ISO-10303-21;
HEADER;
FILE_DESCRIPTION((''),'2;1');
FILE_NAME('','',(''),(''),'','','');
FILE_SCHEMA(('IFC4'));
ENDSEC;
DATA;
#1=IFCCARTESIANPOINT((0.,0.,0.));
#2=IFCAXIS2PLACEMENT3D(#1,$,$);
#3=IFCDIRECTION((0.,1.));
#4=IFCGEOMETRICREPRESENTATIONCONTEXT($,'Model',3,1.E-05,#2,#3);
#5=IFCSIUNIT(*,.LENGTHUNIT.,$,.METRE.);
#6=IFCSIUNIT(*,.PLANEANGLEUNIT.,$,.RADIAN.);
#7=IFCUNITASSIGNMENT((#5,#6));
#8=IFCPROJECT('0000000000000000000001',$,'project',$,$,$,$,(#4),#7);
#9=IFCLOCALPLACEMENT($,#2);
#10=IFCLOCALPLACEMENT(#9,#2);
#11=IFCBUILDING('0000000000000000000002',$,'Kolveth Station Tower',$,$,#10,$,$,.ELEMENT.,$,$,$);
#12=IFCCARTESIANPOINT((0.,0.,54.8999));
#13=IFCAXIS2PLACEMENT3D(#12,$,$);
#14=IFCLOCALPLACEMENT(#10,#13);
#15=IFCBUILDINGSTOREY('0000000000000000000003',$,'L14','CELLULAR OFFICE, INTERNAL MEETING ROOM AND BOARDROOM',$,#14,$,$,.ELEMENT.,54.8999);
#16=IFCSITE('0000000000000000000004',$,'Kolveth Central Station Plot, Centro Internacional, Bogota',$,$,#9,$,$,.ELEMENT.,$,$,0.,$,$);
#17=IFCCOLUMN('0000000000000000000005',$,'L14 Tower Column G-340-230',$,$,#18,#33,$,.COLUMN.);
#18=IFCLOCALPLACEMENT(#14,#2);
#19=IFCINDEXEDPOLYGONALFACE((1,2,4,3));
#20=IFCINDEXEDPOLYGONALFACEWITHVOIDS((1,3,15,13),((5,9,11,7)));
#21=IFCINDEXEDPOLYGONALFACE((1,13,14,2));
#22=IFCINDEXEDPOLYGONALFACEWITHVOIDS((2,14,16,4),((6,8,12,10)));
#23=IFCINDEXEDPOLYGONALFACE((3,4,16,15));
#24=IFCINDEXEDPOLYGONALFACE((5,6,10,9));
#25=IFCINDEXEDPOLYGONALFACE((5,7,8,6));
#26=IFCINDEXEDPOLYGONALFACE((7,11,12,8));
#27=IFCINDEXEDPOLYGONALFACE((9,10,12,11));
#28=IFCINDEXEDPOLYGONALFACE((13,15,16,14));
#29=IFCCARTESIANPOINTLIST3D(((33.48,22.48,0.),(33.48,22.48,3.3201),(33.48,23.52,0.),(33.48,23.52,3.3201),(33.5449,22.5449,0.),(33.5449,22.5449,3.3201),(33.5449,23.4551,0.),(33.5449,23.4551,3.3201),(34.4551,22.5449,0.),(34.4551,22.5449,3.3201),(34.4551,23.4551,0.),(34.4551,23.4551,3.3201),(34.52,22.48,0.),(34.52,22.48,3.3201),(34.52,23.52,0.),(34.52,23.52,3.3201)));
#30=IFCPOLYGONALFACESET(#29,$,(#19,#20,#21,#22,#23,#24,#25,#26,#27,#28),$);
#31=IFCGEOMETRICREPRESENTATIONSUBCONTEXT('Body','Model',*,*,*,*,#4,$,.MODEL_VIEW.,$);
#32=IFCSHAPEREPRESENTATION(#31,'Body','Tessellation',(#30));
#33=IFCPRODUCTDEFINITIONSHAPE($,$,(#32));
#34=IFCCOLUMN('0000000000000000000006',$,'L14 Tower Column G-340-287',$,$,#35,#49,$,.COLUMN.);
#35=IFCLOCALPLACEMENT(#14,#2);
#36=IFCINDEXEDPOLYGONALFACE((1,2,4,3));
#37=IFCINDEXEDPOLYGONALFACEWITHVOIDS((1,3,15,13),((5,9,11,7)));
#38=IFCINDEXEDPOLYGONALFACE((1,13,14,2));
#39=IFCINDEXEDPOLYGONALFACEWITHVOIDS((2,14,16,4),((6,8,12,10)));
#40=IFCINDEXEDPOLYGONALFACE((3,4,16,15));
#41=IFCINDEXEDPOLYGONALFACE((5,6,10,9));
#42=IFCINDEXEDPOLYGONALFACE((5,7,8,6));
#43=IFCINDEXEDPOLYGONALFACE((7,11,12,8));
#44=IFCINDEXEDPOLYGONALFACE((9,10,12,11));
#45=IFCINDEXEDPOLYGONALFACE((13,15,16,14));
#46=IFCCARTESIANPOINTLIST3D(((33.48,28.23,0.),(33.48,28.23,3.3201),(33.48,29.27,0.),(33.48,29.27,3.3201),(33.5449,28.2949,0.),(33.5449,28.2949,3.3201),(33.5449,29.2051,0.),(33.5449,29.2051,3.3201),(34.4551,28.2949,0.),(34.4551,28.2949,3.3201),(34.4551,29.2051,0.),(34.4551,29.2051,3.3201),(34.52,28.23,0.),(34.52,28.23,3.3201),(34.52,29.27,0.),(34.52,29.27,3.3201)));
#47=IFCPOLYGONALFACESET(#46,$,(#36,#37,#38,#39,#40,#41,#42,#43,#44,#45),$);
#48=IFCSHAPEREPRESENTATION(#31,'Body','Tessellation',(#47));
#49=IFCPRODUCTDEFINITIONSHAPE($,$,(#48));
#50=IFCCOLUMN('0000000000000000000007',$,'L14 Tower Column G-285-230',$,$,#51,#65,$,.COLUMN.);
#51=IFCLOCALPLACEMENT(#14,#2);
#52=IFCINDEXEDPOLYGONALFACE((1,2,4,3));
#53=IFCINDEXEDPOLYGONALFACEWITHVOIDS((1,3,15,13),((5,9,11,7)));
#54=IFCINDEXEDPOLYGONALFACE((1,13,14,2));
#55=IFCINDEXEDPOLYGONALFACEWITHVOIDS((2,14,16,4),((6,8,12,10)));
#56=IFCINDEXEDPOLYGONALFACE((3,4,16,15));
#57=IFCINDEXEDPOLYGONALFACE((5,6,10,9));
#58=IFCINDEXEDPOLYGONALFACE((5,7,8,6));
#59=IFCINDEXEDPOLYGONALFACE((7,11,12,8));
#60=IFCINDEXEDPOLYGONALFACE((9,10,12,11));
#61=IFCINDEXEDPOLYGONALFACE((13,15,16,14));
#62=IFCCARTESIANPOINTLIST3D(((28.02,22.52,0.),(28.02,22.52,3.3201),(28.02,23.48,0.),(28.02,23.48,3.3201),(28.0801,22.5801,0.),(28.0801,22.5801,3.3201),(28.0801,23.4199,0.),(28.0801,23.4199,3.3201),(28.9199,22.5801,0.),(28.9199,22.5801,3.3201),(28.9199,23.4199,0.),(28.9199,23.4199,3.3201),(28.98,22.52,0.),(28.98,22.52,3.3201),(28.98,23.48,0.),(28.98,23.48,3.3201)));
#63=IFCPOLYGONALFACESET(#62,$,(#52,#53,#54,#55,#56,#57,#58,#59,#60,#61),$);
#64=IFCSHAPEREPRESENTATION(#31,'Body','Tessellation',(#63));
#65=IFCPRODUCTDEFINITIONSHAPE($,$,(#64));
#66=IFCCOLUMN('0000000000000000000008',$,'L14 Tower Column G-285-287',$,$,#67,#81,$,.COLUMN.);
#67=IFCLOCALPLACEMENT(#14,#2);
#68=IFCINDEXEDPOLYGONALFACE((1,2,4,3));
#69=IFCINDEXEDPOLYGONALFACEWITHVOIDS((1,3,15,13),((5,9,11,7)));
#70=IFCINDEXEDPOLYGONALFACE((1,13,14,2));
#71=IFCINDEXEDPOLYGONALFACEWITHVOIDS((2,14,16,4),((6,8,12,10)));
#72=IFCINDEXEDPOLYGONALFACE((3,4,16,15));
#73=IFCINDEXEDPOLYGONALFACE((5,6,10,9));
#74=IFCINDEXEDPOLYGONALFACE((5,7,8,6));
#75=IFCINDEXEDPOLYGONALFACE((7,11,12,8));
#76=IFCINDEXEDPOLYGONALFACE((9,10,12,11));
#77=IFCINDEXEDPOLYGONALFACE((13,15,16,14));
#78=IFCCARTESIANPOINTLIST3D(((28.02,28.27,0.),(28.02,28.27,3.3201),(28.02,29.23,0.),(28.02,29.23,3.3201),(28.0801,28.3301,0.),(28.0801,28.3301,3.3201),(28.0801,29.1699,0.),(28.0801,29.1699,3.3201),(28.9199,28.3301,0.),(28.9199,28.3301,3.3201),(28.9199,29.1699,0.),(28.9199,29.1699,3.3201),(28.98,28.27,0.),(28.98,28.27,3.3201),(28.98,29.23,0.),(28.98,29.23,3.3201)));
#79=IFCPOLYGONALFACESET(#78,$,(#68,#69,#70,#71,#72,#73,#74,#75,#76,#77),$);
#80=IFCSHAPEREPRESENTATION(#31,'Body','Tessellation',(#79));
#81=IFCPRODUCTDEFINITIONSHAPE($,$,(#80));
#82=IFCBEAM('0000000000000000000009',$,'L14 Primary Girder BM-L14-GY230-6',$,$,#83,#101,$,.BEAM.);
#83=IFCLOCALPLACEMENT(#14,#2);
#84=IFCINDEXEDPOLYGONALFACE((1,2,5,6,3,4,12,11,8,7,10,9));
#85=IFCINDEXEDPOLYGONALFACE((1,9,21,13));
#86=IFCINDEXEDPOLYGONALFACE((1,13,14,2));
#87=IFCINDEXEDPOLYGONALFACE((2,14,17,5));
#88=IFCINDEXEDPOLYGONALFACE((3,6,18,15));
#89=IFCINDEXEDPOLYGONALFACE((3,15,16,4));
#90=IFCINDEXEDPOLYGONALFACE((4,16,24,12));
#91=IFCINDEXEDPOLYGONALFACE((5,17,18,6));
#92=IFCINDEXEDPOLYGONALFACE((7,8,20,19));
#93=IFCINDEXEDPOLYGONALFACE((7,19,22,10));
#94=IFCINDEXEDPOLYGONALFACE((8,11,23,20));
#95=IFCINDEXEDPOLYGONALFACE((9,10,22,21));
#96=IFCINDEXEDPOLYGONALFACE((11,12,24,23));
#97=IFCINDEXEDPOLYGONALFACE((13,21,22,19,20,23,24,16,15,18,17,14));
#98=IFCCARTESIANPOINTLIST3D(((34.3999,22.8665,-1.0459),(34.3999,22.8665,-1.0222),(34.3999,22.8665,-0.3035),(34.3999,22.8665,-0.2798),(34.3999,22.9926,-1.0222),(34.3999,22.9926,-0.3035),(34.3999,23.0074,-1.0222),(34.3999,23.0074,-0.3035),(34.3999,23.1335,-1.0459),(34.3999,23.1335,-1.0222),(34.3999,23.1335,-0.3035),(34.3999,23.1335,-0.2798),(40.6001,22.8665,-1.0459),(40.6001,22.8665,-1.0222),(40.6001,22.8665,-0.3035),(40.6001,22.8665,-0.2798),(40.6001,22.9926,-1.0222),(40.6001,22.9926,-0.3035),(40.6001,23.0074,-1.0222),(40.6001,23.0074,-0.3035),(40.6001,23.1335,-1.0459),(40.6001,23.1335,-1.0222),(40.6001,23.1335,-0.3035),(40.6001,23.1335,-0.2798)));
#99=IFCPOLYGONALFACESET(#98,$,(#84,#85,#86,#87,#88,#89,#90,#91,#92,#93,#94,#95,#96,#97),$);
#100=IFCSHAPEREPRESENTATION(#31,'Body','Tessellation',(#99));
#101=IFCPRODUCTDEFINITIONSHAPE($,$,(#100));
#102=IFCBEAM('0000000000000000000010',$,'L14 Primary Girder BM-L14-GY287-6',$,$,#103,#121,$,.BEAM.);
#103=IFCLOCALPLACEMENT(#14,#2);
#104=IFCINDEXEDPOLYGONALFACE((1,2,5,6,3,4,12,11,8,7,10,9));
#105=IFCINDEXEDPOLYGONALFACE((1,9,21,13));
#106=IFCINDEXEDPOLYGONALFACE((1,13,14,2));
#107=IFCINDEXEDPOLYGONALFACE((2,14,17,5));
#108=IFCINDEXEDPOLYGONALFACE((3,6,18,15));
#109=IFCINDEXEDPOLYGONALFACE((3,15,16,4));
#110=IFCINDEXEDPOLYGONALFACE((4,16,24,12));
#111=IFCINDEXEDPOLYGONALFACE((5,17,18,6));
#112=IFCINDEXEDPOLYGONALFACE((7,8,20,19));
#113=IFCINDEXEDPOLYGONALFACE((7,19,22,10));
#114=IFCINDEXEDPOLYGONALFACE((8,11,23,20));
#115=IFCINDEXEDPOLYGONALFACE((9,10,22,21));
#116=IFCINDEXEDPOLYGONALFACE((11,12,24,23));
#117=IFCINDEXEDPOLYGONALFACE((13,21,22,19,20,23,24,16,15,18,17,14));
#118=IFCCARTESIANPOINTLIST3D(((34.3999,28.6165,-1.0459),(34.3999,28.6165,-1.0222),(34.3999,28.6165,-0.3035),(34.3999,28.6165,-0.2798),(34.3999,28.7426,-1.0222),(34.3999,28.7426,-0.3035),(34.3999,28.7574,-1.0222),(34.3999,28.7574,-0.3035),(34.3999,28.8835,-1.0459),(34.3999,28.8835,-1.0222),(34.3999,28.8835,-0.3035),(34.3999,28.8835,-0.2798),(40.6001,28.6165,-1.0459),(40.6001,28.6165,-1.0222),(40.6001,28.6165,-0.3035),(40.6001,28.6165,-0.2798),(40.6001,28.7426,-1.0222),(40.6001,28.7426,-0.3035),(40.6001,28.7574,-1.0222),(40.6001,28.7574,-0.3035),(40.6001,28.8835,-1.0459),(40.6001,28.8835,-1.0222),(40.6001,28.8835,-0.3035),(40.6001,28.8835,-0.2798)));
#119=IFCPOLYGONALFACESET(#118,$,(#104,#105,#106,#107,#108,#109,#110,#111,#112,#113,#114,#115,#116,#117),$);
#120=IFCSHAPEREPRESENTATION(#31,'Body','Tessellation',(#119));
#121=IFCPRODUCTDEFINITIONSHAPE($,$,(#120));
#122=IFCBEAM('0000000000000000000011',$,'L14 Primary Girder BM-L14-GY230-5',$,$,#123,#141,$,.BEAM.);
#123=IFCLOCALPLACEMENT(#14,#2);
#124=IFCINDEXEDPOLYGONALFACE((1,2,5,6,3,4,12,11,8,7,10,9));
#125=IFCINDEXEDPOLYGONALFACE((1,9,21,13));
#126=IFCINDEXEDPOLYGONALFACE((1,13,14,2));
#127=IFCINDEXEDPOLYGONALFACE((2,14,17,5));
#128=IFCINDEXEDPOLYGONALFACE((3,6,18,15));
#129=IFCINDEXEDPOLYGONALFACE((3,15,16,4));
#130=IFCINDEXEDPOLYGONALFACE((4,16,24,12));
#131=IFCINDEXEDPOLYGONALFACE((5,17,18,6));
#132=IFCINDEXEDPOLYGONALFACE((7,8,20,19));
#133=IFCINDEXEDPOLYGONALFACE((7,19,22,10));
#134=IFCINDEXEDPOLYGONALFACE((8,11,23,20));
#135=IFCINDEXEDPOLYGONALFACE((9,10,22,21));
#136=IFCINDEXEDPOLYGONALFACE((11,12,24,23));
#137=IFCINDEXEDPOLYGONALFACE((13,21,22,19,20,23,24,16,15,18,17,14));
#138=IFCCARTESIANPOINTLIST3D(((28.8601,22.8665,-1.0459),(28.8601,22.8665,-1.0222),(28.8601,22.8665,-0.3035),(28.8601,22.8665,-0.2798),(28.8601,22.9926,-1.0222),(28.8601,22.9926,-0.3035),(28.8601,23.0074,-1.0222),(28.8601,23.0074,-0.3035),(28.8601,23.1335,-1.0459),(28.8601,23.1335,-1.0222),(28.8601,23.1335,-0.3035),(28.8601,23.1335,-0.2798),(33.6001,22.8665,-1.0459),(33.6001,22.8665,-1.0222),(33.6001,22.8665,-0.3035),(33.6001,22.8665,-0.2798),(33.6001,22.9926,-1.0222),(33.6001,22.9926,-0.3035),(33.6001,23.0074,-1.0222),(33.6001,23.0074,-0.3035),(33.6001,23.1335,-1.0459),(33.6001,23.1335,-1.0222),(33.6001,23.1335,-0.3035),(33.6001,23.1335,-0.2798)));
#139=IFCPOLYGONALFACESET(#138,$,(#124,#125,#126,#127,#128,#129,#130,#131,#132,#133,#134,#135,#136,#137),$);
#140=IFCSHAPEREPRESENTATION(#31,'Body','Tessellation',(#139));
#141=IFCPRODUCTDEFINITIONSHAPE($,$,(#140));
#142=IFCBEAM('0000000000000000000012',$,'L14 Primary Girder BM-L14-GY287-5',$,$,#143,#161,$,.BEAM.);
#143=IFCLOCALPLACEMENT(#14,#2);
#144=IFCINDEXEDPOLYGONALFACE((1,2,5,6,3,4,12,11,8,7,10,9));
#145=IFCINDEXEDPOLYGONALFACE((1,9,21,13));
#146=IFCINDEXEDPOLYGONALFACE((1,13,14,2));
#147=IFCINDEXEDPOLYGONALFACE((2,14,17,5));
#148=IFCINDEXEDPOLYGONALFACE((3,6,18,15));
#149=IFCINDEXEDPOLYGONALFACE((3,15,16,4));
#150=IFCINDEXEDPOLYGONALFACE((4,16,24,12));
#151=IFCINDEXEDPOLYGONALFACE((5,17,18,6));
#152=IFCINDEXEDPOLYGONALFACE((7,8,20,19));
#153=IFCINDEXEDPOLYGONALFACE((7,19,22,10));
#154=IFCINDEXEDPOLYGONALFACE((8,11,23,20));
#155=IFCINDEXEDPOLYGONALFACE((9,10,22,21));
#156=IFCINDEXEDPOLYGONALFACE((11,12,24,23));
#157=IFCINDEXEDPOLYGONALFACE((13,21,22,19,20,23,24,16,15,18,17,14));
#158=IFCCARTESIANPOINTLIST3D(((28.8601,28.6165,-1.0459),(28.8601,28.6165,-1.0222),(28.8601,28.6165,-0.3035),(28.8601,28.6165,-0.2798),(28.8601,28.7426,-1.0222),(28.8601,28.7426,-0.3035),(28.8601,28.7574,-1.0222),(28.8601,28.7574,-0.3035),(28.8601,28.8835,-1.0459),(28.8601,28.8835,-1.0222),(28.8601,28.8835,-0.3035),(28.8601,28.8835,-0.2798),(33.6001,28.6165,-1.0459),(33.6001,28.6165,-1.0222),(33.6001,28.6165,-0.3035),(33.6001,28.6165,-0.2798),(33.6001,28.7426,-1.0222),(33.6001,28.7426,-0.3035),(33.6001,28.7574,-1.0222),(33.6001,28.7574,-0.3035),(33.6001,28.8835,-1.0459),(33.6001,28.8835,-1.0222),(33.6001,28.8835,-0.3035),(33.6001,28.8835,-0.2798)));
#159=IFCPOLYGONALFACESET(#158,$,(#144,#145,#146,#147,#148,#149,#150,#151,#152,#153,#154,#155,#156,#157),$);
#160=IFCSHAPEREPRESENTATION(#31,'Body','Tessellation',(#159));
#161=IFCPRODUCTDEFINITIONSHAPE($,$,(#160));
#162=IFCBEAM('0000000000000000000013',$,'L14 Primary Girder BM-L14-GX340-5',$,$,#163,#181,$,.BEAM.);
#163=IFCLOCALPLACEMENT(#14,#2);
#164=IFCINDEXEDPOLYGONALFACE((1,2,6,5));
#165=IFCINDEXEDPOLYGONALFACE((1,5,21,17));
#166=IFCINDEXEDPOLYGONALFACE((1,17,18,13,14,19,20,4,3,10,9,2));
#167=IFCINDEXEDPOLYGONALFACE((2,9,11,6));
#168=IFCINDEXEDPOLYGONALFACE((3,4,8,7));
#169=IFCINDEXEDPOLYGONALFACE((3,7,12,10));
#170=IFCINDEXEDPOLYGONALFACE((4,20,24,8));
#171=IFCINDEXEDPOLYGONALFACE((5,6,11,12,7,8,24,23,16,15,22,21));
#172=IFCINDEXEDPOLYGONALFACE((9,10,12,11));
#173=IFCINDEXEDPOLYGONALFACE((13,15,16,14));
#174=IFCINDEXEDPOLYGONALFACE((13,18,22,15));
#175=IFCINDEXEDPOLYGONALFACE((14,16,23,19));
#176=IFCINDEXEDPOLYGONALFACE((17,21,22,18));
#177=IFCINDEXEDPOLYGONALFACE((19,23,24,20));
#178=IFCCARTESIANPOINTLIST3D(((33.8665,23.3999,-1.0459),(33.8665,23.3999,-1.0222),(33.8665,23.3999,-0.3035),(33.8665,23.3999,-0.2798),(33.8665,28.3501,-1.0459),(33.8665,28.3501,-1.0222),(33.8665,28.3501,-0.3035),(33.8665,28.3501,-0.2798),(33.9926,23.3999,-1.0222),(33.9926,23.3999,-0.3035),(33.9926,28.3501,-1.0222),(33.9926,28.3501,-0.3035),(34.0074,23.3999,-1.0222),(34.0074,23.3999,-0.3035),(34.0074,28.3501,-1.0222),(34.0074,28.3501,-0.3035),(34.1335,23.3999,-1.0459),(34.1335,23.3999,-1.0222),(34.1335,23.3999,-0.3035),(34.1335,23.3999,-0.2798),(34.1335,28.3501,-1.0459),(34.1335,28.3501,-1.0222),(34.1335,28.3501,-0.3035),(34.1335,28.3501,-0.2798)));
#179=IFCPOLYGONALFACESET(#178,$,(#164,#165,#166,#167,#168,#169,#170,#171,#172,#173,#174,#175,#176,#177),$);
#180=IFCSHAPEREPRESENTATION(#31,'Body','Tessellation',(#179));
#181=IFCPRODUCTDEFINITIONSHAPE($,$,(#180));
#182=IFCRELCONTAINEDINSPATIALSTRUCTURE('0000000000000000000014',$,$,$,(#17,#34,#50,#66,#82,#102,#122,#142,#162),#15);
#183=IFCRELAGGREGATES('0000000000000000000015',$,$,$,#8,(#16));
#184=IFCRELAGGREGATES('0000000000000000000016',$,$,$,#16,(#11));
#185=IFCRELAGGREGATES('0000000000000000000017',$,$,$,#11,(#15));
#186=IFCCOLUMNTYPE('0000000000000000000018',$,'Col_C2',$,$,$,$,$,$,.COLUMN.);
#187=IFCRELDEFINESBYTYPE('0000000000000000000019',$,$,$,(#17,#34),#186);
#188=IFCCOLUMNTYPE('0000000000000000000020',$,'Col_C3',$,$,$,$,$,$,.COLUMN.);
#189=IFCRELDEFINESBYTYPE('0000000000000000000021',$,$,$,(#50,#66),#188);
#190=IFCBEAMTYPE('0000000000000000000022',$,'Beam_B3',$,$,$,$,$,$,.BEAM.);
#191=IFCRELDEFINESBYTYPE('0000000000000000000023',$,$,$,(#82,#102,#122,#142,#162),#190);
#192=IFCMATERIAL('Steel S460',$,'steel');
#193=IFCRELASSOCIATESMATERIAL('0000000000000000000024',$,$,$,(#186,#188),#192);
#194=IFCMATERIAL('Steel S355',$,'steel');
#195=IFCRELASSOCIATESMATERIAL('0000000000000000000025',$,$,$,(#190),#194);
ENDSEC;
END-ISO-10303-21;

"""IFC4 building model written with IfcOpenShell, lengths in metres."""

from ifc_helpers import new_model, si_unit, direction, frame, origin, origin_2d, place, context, subcontext, project, spatial, hollow_rectangle, i_section, extrude, source, transform, mapped, material, material_profile, profile_set, type_object, element, save


model = new_model("IFC4")

# Units and contexts
model_context = context("Model", 3, precision=1e-05, world=origin(), true_north=direction((0.0, 1.0)))
body_context = subcontext(model_context, "Body", "Model", "MODEL_VIEW")
ifc_project = project(units=[si_unit("LENGTHUNIT", "METRE"), si_unit("PLANEANGLEUNIT", "RADIAN")], contexts=[model_context])

# Site, building, storey
site_placement = place(None, origin())
site = spatial("IfcSite", under=ifc_project, at=site_placement, Name="Kolveth Central Station Plot, Centro Internacional, Bogota", CompositionType="ELEMENT", RefElevation=0.0)
building_placement = place(site_placement, origin())
building = spatial("IfcBuilding", under=site, at=building_placement, Name="Kolveth Station Tower", CompositionType="ELEMENT")
storey_placement = place(building_placement, frame((0.0, 0.0, 54.8999)))
storey = spatial("IfcBuildingStorey", under=building, at=storey_placement, Name="L14", Description="CELLULAR OFFICE, INTERNAL MEETING ROOM AND BOARDROOM", CompositionType="ELEMENT", Elevation=54.8999)

# Columns
ifc_material_1 = material(Name="Steel S460", Category="steel")
ifc_material_profile_1 = material_profile(ifc_material_1, hollow_rectangle(XDim=1.04, YDim=1.04, WallThickness=0.0649, at=origin_2d()), Name="BOX1040x1040x65")
ifc_profile_set_1 = profile_set([ifc_material_profile_1], Name="Steel S460")
column_type_1 = type_object("IfcColumnType", Name="Col_C2", PredefinedType="COLUMN", material=ifc_profile_set_1)
shared_shape_1 = source(origin(), body_context, "Body", "SweptSolid", [
    extrude(hollow_rectangle(XDim=1.04, YDim=1.04, WallThickness=0.0649, at=origin_2d()), origin(), (0.0, 0.0, 1.0), 3.3201),
])
for number, where, z_axis, x_axis, name in (
    (1, (34.0, 23.0, 0.0), (0.0, 0.0, 1.0), (1.0, 0.0, 0.0), "L14 Tower Column G-340-230"),
    (2, (34.0, 28.75, 0.0), (0.0, 0.0, 1.0), (1.0, 0.0, 0.0), "L14 Tower Column G-340-287"),
):
    element("IfcColumn", number, at=place(storey_placement, frame(where, z_axis=z_axis, x_axis=x_axis)), inside=storey, type_object=column_type_1, Name=name, PredefinedType="COLUMN", context=body_context, shape_type="MappedRepresentation", body=[
        mapped(shared_shape_1, transform((0.0, 0.0, 0.0), x_axis=(1.0, 0.0, 0.0), y_axis=(0.0, 1.0, 0.0), z_axis=(0.0, 0.0, 1.0), scale=1.0)),
    ])
ifc_material_profile_2 = material_profile(ifc_material_1, hollow_rectangle(XDim=0.96, YDim=0.96, WallThickness=0.0601, at=origin_2d()), Name="BOX960x960x60")
ifc_profile_set_2 = profile_set([ifc_material_profile_2], Name="Steel S460")
column_type_2 = type_object("IfcColumnType", Name="Col_C3", PredefinedType="COLUMN", material=ifc_profile_set_2)
shared_shape_2 = source(origin(), body_context, "Body", "SweptSolid", [
    extrude(hollow_rectangle(XDim=0.96, YDim=0.96, WallThickness=0.0601, at=origin_2d()), origin(), (0.0, 0.0, 1.0), 3.3201),
])
for number, where, z_axis, x_axis, name in (
    (3, (28.5, 23.0, 0.0), (0.0, 0.0, 1.0), (1.0, 0.0, 0.0), "L14 Tower Column G-285-230"),
    (4, (28.5, 28.75, 0.0), (0.0, 0.0, 1.0), (1.0, 0.0, 0.0), "L14 Tower Column G-285-287"),
):
    element("IfcColumn", number, at=place(storey_placement, frame(where, z_axis=z_axis, x_axis=x_axis)), inside=storey, type_object=column_type_2, Name=name, PredefinedType="COLUMN", context=body_context, shape_type="MappedRepresentation", body=[
        mapped(shared_shape_2, transform((0.0, 0.0, 0.0), x_axis=(1.0, 0.0, 0.0), y_axis=(0.0, 1.0, 0.0), z_axis=(0.0, 0.0, 1.0), scale=1.0)),
    ])

# Beams
ifc_material_2 = material(Name="Steel S355", Category="steel")
ifc_material_profile_3 = material_profile(ifc_material_2, i_section(OverallWidth=0.2671, OverallDepth=0.7661, WebThickness=0.0149, FlangeThickness=0.0237, at=origin_2d()), Name="W760x185")
ifc_profile_set_3 = profile_set([ifc_material_profile_3], Name="Steel S355")
beam_type_1 = type_object("IfcBeamType", Name="Beam_B3", PredefinedType="BEAM", material=ifc_profile_set_3)
shared_shape_3 = source(origin(), body_context, "Body", "SweptSolid", [
    extrude(i_section(OverallWidth=0.2671, OverallDepth=0.7661, WebThickness=0.0149, FlangeThickness=0.0237, at=origin_2d()), origin(), (0.0, 0.0, 1.0), 6.2002),
])
for number, where, z_axis, x_axis, name in (
    (5, (34.3999, 23.0, -0.6628), (1.0, 0.0, 0.0), (0.0, 1.0, 0.0), "L14 Primary Girder BM-L14-GY230-6"),
    (6, (34.3999, 28.75, -0.6628), (1.0, 0.0, 0.0), (0.0, 1.0, 0.0), "L14 Primary Girder BM-L14-GY287-6"),
):
    element("IfcBeam", number, at=place(storey_placement, frame(where, z_axis=z_axis, x_axis=x_axis)), inside=storey, type_object=beam_type_1, Name=name, PredefinedType="BEAM", context=body_context, shape_type="MappedRepresentation", body=[
        mapped(shared_shape_3, transform((0.0, 0.0, 0.0), x_axis=(1.0, 0.0, 0.0), y_axis=(0.0, 1.0, 0.0), z_axis=(0.0, 0.0, 1.0), scale=1.0)),
    ])
shared_shape_4 = source(origin(), body_context, "Body", "SweptSolid", [
    extrude(i_section(OverallWidth=0.2671, OverallDepth=0.7661, WebThickness=0.0149, FlangeThickness=0.0237, at=origin_2d()), origin(), (0.0, 0.0, 1.0), 4.74),
])
for number, where, z_axis, x_axis, name in (
    (7, (28.8601, 23.0, -0.6628), (1.0, 0.0, 0.0), (0.0, 1.0, 0.0), "L14 Primary Girder BM-L14-GY230-5"),
    (8, (28.8601, 28.75, -0.6628), (1.0, 0.0, 0.0), (0.0, 1.0, 0.0), "L14 Primary Girder BM-L14-GY287-5"),
):
    element("IfcBeam", number, at=place(storey_placement, frame(where, z_axis=z_axis, x_axis=x_axis)), inside=storey, type_object=beam_type_1, Name=name, PredefinedType="BEAM", context=body_context, shape_type="MappedRepresentation", body=[
        mapped(shared_shape_4, transform((0.0, 0.0, 0.0), x_axis=(1.0, 0.0, 0.0), y_axis=(0.0, 1.0, 0.0), z_axis=(0.0, 0.0, 1.0), scale=1.0)),
    ])
shared_shape_5 = source(origin(), body_context, "Body", "SweptSolid", [
    extrude(i_section(OverallWidth=0.2671, OverallDepth=0.7661, WebThickness=0.0149, FlangeThickness=0.0237, at=origin_2d()), origin(), (0.0, 0.0, 1.0), 4.9502),
])
beam_1_placement = place(storey_placement, frame((34.0, 23.3999, -0.6628), z_axis=(0.0, 1.0, 0.0), x_axis=(-1.0, 0.0, 0.0)))
element("IfcBeam", 9, at=beam_1_placement, inside=storey, type_object=beam_type_1, Name="L14 Primary Girder BM-L14-GX340-5", PredefinedType="BEAM", context=body_context, shape_type="MappedRepresentation", body=[
    mapped(shared_shape_5, transform((0.0, 0.0, 0.0), x_axis=(1.0, 0.0, 0.0), y_axis=(0.0, 1.0, 0.0), z_axis=(0.0, 0.0, 1.0), scale=1.0)),
])

save(model, "model.ifc")
